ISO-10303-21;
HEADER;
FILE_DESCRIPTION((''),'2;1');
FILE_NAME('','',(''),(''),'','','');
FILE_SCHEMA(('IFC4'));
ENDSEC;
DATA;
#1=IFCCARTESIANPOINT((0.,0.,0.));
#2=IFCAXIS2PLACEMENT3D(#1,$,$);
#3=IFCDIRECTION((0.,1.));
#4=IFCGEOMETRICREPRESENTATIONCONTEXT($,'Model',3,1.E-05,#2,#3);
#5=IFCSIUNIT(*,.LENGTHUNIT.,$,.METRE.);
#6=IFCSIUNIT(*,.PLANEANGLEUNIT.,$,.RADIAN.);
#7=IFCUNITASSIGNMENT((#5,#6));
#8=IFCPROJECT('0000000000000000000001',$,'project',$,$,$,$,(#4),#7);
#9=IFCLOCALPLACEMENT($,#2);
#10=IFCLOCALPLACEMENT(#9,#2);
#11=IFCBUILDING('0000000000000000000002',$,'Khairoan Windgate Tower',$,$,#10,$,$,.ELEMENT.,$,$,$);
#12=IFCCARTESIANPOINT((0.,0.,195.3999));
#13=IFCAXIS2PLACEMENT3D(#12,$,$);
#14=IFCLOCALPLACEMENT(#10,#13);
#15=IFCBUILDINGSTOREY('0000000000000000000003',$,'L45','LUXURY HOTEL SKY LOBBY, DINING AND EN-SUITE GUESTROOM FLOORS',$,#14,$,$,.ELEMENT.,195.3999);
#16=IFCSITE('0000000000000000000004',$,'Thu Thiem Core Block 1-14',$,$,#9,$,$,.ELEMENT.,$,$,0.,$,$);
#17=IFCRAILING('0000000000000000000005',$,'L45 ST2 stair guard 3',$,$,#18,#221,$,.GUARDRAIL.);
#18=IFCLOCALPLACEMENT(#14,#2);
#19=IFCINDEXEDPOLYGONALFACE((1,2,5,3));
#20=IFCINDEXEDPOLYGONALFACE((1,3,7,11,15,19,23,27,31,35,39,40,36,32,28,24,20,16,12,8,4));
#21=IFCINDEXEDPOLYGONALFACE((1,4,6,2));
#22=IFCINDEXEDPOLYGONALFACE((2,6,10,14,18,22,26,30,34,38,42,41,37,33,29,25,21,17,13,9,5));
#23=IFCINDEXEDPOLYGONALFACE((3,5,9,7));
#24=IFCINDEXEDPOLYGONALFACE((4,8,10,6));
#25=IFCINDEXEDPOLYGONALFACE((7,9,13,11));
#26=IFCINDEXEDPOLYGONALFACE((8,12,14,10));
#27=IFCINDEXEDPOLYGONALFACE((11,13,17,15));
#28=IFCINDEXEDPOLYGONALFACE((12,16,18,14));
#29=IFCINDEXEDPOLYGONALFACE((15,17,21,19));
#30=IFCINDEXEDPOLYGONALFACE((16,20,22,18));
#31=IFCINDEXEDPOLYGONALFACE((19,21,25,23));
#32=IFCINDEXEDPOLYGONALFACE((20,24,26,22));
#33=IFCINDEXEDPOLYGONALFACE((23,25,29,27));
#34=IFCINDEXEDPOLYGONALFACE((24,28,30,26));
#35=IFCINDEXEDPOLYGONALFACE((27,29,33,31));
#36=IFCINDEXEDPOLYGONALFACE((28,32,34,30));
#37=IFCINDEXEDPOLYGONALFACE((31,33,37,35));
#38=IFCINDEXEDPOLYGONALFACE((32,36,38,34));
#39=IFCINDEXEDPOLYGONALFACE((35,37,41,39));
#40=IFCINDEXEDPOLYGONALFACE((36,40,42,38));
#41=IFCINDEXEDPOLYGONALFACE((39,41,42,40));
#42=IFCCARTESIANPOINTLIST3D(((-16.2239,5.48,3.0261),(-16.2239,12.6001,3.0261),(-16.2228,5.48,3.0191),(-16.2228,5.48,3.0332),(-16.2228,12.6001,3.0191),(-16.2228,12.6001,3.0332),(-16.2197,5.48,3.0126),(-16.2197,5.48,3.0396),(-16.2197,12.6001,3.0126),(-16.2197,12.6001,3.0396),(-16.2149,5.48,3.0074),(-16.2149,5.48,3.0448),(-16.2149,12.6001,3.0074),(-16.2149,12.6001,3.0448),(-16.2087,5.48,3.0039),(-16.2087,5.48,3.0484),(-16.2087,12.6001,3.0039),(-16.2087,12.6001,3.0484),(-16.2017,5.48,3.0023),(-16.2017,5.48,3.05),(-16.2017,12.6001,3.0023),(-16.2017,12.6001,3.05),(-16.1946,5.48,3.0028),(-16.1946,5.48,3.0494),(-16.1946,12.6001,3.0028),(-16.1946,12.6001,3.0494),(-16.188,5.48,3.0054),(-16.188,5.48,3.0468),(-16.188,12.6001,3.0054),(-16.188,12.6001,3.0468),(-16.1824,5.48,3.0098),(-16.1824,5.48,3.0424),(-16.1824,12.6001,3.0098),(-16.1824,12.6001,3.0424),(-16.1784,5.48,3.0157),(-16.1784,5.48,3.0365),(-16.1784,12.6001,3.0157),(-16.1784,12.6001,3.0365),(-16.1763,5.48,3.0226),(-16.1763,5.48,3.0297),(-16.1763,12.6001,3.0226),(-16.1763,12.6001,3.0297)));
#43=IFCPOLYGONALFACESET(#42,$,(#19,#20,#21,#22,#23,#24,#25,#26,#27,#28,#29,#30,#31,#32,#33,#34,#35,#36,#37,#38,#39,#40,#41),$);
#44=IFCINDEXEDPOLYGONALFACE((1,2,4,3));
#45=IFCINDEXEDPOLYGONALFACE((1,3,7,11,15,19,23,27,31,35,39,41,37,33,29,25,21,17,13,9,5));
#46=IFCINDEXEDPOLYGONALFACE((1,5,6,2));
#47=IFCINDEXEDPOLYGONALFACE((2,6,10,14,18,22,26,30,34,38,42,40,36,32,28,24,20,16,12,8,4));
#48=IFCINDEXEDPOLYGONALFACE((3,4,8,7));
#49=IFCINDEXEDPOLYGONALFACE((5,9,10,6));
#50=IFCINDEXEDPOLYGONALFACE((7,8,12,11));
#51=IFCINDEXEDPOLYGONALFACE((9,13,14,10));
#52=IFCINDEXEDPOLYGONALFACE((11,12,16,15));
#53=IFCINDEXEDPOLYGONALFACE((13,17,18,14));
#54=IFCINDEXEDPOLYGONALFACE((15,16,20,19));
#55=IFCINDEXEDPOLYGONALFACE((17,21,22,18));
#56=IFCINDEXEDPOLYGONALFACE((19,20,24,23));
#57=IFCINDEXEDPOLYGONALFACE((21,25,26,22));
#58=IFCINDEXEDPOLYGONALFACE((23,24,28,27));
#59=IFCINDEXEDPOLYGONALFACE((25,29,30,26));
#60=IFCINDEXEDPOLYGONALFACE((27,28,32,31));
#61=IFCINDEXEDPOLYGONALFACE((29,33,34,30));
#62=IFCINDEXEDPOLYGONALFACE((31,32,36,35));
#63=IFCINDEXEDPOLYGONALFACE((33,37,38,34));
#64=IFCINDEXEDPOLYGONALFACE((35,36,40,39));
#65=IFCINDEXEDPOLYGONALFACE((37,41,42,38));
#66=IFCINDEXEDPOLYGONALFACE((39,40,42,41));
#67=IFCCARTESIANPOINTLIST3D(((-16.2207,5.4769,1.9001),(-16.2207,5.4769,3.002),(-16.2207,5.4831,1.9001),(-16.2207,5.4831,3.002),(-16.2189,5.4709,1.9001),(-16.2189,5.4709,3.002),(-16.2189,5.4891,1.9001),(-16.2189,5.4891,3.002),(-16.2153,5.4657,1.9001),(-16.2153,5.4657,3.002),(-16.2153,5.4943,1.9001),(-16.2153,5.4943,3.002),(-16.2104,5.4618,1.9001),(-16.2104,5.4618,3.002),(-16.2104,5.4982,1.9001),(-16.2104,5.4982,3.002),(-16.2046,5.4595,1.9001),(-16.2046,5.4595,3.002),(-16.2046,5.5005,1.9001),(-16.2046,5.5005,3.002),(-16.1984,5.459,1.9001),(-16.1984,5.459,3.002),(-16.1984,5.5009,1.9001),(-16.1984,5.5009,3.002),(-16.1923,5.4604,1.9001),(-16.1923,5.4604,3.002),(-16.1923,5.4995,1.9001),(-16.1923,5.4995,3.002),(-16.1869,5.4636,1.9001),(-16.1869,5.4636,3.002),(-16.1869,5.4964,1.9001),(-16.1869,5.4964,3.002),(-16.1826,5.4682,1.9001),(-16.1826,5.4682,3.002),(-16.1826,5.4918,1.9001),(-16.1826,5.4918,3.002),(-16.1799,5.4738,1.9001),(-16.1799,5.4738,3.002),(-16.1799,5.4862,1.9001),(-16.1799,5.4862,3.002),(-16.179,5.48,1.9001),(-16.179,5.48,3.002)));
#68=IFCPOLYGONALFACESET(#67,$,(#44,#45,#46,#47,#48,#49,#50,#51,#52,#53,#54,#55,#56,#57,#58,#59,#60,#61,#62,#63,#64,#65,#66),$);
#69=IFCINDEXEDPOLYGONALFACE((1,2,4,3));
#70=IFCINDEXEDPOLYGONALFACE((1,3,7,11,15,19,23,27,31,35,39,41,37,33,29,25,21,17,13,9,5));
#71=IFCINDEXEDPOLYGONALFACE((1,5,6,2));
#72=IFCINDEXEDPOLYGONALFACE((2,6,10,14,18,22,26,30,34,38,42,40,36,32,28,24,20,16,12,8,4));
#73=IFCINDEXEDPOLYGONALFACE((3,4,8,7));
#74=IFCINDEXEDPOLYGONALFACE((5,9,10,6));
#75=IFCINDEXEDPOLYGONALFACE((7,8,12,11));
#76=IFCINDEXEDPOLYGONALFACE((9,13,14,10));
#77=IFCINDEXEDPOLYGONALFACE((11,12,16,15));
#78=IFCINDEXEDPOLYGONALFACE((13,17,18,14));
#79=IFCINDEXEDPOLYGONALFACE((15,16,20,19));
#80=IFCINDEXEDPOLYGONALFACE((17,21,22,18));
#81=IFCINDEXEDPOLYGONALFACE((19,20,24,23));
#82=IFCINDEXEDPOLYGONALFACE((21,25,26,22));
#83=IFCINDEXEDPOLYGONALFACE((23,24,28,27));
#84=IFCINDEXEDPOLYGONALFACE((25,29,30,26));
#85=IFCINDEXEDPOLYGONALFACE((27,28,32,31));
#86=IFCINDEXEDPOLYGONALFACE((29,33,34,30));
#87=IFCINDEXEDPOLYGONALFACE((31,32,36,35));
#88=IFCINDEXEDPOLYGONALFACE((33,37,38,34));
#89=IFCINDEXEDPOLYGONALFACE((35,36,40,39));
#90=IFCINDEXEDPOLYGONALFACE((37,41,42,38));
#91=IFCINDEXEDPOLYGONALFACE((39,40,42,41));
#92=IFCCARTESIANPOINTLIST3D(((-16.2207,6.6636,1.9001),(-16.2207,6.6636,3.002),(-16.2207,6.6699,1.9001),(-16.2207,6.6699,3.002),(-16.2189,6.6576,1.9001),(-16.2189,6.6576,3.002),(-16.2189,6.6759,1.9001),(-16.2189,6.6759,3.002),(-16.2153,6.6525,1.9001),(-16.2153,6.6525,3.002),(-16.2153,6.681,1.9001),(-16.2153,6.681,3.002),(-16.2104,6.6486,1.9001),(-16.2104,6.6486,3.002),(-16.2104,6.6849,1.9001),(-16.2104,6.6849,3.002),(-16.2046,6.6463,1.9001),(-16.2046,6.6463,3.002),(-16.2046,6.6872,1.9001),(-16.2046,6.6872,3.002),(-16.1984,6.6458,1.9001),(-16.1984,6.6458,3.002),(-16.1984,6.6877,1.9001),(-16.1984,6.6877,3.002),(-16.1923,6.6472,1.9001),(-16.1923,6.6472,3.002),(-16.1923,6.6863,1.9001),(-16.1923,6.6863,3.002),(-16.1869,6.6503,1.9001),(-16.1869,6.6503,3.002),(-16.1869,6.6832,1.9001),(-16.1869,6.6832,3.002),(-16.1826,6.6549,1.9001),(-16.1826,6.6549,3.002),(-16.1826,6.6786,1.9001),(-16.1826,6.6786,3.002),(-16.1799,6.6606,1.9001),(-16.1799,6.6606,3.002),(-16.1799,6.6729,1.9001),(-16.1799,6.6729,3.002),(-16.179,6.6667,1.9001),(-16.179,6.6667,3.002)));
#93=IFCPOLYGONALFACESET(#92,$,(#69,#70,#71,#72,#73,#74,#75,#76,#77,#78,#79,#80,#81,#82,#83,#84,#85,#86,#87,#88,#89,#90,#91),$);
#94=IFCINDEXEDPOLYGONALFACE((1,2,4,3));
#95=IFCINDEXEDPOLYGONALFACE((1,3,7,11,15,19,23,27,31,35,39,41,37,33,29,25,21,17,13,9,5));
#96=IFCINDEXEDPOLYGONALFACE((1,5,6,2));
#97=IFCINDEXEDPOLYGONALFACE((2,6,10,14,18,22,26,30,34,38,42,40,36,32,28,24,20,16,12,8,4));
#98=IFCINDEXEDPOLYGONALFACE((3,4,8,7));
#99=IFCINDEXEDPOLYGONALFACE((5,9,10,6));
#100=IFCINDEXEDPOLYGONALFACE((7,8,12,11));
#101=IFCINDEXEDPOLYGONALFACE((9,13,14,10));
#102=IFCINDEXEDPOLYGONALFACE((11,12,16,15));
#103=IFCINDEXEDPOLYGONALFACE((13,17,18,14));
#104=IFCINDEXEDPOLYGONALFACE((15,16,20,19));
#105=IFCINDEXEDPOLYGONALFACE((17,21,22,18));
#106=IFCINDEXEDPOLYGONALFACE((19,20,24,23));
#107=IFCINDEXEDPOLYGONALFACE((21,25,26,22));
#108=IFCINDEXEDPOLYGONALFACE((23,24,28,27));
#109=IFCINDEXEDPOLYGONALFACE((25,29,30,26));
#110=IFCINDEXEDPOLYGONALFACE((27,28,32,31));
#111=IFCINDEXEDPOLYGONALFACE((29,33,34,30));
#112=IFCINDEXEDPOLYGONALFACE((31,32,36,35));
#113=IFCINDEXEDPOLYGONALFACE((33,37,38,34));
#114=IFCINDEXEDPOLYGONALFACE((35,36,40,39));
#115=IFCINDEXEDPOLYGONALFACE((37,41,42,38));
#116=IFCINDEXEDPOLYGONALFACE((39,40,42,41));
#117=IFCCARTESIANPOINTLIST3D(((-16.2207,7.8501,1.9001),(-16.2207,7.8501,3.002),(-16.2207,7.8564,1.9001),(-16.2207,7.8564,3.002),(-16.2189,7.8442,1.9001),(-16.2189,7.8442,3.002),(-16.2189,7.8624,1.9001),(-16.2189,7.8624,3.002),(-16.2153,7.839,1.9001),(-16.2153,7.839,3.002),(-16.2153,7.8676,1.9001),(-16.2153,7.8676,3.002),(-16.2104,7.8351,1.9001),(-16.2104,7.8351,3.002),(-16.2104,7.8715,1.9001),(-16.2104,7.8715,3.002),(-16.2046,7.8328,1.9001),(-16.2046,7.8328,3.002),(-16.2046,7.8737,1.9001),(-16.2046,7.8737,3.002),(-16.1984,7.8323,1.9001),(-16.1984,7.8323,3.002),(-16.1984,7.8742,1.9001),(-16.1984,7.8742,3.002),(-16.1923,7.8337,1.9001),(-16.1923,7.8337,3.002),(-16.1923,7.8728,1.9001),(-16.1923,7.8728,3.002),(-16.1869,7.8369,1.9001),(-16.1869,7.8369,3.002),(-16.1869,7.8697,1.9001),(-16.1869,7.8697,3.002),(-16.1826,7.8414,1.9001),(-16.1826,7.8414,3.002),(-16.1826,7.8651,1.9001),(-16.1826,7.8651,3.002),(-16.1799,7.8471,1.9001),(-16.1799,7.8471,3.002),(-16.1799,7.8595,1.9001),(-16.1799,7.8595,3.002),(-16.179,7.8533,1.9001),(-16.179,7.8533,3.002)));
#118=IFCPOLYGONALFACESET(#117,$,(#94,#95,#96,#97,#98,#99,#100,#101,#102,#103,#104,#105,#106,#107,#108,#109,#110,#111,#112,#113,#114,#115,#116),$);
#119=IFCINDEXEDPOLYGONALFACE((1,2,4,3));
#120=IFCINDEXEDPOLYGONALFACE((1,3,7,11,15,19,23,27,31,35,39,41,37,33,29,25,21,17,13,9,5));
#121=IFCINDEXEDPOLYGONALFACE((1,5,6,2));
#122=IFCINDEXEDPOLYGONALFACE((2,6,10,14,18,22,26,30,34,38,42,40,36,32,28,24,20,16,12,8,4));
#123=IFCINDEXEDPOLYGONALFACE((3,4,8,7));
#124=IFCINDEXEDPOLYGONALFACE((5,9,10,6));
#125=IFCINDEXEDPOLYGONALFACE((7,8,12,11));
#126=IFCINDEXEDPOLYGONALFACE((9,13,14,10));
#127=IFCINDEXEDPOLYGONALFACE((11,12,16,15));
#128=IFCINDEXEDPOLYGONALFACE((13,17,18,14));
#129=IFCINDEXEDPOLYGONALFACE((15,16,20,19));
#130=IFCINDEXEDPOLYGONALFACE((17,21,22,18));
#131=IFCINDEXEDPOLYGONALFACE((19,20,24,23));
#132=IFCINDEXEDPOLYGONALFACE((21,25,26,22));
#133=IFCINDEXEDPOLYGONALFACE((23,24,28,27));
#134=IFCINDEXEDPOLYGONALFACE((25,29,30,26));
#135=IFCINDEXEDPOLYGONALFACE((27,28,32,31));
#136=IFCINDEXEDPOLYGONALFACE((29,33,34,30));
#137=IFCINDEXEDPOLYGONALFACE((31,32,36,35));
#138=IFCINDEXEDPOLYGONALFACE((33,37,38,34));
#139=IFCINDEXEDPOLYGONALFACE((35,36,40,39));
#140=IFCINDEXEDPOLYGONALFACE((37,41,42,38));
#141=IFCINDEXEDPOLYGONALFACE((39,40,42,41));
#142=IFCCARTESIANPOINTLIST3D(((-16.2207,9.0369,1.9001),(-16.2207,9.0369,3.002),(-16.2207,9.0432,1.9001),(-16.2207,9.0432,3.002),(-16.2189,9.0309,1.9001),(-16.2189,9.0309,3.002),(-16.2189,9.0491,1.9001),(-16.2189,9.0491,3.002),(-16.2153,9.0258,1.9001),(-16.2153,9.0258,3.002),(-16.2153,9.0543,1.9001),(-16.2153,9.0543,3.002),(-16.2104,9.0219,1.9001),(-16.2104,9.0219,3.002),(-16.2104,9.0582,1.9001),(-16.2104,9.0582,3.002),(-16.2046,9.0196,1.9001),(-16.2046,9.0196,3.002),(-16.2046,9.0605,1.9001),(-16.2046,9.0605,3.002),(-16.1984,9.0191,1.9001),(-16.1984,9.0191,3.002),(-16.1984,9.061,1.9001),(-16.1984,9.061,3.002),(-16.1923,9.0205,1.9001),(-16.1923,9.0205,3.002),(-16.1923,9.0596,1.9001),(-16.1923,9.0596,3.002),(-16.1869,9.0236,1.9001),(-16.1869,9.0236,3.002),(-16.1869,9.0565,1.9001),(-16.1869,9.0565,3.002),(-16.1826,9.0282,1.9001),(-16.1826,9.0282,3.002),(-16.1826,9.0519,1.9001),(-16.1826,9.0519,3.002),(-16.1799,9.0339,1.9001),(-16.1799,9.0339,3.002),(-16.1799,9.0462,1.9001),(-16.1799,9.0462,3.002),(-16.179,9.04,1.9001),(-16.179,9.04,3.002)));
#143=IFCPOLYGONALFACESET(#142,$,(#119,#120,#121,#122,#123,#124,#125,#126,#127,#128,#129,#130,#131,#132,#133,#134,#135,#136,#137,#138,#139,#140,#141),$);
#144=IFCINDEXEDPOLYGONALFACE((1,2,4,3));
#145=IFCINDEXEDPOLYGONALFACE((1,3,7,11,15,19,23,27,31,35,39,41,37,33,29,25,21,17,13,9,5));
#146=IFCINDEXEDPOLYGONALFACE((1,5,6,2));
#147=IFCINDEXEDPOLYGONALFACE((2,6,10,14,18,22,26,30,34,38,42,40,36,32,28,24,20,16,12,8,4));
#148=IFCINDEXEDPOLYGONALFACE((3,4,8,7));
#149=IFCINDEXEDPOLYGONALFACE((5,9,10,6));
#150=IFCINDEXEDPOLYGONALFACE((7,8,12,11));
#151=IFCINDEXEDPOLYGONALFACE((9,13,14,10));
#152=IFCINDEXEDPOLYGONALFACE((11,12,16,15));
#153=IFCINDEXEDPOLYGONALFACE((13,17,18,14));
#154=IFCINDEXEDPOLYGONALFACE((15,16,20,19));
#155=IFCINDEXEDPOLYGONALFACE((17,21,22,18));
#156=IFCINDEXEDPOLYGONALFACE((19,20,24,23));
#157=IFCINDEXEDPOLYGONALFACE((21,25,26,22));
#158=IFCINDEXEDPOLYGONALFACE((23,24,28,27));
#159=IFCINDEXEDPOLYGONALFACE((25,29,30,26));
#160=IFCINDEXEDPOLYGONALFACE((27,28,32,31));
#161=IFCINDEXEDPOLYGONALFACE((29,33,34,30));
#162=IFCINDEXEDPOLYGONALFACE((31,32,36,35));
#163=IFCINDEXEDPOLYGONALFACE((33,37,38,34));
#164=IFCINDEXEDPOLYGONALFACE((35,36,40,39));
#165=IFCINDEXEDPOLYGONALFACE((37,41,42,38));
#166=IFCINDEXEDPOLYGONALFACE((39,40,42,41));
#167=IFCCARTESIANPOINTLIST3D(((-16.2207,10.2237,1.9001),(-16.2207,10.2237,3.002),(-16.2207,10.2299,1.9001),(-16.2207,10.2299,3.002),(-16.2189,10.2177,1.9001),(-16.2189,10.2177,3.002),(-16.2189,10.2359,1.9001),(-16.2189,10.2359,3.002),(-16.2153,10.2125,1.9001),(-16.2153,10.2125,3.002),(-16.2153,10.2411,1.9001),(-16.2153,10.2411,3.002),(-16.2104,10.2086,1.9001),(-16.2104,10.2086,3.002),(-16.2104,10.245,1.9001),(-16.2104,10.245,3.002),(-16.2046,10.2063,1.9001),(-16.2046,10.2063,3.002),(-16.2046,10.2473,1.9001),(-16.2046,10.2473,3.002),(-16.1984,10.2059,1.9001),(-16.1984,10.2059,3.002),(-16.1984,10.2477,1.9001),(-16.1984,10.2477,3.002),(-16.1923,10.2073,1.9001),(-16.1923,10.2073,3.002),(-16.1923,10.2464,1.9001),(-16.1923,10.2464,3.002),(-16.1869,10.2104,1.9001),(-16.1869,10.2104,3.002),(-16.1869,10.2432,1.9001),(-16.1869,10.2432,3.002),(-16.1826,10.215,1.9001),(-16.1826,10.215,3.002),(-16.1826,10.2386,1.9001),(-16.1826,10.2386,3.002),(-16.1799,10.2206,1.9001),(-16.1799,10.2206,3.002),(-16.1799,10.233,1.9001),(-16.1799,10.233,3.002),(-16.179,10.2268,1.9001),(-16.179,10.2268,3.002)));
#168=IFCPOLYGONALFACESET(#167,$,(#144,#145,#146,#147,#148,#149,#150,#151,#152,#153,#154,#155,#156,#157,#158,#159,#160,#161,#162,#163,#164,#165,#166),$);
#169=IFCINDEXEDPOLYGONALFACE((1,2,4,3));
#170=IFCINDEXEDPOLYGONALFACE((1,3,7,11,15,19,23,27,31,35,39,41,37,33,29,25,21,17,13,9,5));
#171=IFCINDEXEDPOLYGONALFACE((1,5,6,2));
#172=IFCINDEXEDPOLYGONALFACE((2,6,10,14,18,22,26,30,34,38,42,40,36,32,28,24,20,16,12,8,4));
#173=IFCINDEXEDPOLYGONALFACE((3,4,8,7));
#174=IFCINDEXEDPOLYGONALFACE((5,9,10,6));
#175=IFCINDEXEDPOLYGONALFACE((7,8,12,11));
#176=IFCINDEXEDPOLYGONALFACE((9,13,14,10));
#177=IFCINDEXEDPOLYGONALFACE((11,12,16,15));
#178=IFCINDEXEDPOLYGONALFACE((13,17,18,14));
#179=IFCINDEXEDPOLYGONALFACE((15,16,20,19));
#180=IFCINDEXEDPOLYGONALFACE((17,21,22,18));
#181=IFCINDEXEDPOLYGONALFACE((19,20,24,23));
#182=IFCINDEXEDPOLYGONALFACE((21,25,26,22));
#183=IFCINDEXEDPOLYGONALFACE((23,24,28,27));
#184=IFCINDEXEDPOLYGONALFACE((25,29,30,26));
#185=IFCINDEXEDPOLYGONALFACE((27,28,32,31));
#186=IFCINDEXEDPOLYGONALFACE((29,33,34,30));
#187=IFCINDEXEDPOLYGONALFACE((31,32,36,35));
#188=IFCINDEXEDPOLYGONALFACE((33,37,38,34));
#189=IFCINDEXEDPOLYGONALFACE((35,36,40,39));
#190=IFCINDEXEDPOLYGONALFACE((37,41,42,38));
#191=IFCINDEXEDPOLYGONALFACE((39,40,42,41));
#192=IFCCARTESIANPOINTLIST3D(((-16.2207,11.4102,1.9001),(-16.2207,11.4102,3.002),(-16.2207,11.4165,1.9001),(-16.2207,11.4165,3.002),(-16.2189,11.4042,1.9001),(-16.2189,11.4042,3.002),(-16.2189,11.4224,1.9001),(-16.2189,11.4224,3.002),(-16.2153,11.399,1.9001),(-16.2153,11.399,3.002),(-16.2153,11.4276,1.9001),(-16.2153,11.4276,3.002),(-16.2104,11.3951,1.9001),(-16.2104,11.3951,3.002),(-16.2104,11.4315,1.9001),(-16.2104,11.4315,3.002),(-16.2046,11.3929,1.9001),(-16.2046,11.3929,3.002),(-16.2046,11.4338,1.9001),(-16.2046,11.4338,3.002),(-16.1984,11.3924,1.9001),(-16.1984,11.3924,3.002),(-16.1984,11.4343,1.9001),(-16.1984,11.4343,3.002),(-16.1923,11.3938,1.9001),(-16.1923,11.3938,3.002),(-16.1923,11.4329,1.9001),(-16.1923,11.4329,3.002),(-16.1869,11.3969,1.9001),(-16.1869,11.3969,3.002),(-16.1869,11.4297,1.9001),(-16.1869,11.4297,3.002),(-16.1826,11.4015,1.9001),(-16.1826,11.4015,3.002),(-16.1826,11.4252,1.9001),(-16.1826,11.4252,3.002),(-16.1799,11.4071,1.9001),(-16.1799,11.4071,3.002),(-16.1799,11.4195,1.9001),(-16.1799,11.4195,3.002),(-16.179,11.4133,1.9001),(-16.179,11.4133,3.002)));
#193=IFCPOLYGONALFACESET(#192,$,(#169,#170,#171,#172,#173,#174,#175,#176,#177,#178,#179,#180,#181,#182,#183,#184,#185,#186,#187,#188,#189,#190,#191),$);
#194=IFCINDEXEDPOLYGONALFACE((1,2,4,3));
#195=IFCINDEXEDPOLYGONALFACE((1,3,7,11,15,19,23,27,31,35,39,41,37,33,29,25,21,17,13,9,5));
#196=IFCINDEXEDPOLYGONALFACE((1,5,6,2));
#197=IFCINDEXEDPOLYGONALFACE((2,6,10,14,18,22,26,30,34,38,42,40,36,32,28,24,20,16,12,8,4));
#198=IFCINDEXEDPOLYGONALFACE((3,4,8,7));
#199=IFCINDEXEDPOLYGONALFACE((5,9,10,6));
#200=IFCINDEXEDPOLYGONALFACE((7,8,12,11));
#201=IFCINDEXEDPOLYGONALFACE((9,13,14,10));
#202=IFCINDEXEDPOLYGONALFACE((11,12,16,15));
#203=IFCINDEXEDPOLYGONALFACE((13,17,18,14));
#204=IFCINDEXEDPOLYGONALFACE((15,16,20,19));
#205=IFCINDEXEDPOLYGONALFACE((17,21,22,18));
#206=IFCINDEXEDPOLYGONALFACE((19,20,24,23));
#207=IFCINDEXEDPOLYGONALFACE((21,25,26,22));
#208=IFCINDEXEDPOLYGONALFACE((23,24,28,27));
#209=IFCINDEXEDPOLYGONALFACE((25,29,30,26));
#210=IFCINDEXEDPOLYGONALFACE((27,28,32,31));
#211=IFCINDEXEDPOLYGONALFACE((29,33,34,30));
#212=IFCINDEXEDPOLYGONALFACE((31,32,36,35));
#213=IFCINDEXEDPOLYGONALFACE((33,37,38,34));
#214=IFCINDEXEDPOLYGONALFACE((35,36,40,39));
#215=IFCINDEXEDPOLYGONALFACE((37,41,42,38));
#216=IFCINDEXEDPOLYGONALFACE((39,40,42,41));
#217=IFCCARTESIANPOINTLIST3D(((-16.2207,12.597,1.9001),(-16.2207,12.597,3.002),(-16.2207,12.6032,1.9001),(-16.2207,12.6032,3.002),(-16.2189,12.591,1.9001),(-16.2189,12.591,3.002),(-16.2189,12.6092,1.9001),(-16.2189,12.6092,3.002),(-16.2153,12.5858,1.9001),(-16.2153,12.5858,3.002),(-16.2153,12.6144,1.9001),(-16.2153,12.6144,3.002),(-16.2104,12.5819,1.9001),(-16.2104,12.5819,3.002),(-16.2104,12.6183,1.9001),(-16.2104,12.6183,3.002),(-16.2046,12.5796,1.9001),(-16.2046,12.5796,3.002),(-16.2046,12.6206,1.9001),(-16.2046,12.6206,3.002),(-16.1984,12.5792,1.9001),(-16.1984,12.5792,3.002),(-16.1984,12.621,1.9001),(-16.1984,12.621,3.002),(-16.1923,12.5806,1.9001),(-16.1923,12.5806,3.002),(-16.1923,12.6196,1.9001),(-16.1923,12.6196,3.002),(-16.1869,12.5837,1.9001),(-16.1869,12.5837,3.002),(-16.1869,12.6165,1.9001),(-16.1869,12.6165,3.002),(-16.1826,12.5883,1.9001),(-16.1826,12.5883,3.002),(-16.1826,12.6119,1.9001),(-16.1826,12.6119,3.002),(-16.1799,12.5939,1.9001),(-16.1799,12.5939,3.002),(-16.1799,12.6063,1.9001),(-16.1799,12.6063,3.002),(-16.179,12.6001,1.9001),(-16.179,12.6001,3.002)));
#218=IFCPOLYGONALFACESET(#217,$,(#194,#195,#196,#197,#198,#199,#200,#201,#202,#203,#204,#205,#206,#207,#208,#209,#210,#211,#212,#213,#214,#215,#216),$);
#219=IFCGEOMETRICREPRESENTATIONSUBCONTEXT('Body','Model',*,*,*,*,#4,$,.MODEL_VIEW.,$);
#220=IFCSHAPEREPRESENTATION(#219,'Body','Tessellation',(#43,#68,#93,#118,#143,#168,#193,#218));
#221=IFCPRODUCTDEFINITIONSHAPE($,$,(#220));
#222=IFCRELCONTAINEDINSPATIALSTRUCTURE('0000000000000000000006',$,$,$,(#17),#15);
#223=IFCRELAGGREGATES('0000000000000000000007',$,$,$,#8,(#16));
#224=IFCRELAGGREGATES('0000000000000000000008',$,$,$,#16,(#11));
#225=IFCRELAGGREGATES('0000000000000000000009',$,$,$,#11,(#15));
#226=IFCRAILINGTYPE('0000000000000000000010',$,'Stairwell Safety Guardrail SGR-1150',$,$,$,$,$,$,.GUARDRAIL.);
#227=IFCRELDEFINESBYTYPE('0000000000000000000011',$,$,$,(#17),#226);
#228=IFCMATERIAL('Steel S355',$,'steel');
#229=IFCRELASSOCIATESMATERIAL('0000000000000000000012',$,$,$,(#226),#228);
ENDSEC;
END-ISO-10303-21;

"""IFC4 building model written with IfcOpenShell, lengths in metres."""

from ifc_helpers import new_model, si_unit, direction, frame, origin, origin_2d, place, context, subcontext, project, spatial, circle, extrude, material, type_object, element, save


model = new_model("IFC4")

# Units and contexts
model_context = context("Model", 3, precision=1e-05, world=origin(), true_north=direction((0.0, 1.0)))
body_context = subcontext(model_context, "Body", "Model", "MODEL_VIEW")
ifc_project = project(units=[si_unit("LENGTHUNIT", "METRE"), si_unit("PLANEANGLEUNIT", "RADIAN")], contexts=[model_context])

# Site, building, storey
site_placement = place(None, origin())
site = spatial("IfcSite", under=ifc_project, at=site_placement, Name="Thu Thiem Core Block 1-14", CompositionType="ELEMENT", RefElevation=0.0)
building_placement = place(site_placement, origin())
building = spatial("IfcBuilding", under=site, at=building_placement, Name="Khairoan Windgate Tower", CompositionType="ELEMENT")
storey_placement = place(building_placement, frame((0.0, 0.0, 195.3999)))
storey = spatial("IfcBuildingStorey", under=building, at=storey_placement, Name="L45", Description="LUXURY HOTEL SKY LOBBY, DINING AND EN-SUITE GUESTROOM FLOORS", CompositionType="ELEMENT", Elevation=195.3999)

# Railing
ifc_material_1 = material(Name="Steel S355", Category="steel")
railing_type_1 = type_object("IfcRailingType", Name="Stairwell Safety Guardrail SGR-1150", PredefinedType="GUARDRAIL", material=ifc_material_1)
railing_1_placement = place(storey_placement, frame((-16.2, 5.48, 1.9001)))
element("IfcRailing", 1, at=railing_1_placement, inside=storey, type_object=railing_type_1, Name="L45 ST2 stair guard 3", PredefinedType="GUARDRAIL", context=body_context, shape_type="SweptSolid", body=[
    extrude(circle(Radius=0.0239, at=origin_2d()), frame((0.0, 0.0, 1.126), z_axis=(0.0, 1.0, 0.0), x_axis=(-1.0, 0.0, 0.0)), (0.0, 0.0, 1.0), 7.1201),
    extrude(circle(Radius=0.021, at=origin_2d()), origin(), (0.0, 0.0, 1.0), 1.1018),
    extrude(circle(Radius=0.021, at=origin_2d()), frame((0.0, 1.1868, 0.0)), (0.0, 0.0, 1.0), 1.1018),
    extrude(circle(Radius=0.021, at=origin_2d()), frame((0.0, 2.3733, 0.0)), (0.0, 0.0, 1.0), 1.1018),
    extrude(circle(Radius=0.021, at=origin_2d()), frame((0.0, 3.5601, 0.0)), (0.0, 0.0, 1.0), 1.1018),
    extrude(circle(Radius=0.021, at=origin_2d()), frame((0.0, 4.7468, 0.0)), (0.0, 0.0, 1.0), 1.1018),
    extrude(circle(Radius=0.021, at=origin_2d()), frame((0.0, 5.9333, 0.0)), (0.0, 0.0, 1.0), 1.1018),
    extrude(circle(Radius=0.021, at=origin_2d()), frame((0.0, 7.1201, 0.0)), (0.0, 0.0, 1.0), 1.1018),
])

save(model, "model.ifc")
